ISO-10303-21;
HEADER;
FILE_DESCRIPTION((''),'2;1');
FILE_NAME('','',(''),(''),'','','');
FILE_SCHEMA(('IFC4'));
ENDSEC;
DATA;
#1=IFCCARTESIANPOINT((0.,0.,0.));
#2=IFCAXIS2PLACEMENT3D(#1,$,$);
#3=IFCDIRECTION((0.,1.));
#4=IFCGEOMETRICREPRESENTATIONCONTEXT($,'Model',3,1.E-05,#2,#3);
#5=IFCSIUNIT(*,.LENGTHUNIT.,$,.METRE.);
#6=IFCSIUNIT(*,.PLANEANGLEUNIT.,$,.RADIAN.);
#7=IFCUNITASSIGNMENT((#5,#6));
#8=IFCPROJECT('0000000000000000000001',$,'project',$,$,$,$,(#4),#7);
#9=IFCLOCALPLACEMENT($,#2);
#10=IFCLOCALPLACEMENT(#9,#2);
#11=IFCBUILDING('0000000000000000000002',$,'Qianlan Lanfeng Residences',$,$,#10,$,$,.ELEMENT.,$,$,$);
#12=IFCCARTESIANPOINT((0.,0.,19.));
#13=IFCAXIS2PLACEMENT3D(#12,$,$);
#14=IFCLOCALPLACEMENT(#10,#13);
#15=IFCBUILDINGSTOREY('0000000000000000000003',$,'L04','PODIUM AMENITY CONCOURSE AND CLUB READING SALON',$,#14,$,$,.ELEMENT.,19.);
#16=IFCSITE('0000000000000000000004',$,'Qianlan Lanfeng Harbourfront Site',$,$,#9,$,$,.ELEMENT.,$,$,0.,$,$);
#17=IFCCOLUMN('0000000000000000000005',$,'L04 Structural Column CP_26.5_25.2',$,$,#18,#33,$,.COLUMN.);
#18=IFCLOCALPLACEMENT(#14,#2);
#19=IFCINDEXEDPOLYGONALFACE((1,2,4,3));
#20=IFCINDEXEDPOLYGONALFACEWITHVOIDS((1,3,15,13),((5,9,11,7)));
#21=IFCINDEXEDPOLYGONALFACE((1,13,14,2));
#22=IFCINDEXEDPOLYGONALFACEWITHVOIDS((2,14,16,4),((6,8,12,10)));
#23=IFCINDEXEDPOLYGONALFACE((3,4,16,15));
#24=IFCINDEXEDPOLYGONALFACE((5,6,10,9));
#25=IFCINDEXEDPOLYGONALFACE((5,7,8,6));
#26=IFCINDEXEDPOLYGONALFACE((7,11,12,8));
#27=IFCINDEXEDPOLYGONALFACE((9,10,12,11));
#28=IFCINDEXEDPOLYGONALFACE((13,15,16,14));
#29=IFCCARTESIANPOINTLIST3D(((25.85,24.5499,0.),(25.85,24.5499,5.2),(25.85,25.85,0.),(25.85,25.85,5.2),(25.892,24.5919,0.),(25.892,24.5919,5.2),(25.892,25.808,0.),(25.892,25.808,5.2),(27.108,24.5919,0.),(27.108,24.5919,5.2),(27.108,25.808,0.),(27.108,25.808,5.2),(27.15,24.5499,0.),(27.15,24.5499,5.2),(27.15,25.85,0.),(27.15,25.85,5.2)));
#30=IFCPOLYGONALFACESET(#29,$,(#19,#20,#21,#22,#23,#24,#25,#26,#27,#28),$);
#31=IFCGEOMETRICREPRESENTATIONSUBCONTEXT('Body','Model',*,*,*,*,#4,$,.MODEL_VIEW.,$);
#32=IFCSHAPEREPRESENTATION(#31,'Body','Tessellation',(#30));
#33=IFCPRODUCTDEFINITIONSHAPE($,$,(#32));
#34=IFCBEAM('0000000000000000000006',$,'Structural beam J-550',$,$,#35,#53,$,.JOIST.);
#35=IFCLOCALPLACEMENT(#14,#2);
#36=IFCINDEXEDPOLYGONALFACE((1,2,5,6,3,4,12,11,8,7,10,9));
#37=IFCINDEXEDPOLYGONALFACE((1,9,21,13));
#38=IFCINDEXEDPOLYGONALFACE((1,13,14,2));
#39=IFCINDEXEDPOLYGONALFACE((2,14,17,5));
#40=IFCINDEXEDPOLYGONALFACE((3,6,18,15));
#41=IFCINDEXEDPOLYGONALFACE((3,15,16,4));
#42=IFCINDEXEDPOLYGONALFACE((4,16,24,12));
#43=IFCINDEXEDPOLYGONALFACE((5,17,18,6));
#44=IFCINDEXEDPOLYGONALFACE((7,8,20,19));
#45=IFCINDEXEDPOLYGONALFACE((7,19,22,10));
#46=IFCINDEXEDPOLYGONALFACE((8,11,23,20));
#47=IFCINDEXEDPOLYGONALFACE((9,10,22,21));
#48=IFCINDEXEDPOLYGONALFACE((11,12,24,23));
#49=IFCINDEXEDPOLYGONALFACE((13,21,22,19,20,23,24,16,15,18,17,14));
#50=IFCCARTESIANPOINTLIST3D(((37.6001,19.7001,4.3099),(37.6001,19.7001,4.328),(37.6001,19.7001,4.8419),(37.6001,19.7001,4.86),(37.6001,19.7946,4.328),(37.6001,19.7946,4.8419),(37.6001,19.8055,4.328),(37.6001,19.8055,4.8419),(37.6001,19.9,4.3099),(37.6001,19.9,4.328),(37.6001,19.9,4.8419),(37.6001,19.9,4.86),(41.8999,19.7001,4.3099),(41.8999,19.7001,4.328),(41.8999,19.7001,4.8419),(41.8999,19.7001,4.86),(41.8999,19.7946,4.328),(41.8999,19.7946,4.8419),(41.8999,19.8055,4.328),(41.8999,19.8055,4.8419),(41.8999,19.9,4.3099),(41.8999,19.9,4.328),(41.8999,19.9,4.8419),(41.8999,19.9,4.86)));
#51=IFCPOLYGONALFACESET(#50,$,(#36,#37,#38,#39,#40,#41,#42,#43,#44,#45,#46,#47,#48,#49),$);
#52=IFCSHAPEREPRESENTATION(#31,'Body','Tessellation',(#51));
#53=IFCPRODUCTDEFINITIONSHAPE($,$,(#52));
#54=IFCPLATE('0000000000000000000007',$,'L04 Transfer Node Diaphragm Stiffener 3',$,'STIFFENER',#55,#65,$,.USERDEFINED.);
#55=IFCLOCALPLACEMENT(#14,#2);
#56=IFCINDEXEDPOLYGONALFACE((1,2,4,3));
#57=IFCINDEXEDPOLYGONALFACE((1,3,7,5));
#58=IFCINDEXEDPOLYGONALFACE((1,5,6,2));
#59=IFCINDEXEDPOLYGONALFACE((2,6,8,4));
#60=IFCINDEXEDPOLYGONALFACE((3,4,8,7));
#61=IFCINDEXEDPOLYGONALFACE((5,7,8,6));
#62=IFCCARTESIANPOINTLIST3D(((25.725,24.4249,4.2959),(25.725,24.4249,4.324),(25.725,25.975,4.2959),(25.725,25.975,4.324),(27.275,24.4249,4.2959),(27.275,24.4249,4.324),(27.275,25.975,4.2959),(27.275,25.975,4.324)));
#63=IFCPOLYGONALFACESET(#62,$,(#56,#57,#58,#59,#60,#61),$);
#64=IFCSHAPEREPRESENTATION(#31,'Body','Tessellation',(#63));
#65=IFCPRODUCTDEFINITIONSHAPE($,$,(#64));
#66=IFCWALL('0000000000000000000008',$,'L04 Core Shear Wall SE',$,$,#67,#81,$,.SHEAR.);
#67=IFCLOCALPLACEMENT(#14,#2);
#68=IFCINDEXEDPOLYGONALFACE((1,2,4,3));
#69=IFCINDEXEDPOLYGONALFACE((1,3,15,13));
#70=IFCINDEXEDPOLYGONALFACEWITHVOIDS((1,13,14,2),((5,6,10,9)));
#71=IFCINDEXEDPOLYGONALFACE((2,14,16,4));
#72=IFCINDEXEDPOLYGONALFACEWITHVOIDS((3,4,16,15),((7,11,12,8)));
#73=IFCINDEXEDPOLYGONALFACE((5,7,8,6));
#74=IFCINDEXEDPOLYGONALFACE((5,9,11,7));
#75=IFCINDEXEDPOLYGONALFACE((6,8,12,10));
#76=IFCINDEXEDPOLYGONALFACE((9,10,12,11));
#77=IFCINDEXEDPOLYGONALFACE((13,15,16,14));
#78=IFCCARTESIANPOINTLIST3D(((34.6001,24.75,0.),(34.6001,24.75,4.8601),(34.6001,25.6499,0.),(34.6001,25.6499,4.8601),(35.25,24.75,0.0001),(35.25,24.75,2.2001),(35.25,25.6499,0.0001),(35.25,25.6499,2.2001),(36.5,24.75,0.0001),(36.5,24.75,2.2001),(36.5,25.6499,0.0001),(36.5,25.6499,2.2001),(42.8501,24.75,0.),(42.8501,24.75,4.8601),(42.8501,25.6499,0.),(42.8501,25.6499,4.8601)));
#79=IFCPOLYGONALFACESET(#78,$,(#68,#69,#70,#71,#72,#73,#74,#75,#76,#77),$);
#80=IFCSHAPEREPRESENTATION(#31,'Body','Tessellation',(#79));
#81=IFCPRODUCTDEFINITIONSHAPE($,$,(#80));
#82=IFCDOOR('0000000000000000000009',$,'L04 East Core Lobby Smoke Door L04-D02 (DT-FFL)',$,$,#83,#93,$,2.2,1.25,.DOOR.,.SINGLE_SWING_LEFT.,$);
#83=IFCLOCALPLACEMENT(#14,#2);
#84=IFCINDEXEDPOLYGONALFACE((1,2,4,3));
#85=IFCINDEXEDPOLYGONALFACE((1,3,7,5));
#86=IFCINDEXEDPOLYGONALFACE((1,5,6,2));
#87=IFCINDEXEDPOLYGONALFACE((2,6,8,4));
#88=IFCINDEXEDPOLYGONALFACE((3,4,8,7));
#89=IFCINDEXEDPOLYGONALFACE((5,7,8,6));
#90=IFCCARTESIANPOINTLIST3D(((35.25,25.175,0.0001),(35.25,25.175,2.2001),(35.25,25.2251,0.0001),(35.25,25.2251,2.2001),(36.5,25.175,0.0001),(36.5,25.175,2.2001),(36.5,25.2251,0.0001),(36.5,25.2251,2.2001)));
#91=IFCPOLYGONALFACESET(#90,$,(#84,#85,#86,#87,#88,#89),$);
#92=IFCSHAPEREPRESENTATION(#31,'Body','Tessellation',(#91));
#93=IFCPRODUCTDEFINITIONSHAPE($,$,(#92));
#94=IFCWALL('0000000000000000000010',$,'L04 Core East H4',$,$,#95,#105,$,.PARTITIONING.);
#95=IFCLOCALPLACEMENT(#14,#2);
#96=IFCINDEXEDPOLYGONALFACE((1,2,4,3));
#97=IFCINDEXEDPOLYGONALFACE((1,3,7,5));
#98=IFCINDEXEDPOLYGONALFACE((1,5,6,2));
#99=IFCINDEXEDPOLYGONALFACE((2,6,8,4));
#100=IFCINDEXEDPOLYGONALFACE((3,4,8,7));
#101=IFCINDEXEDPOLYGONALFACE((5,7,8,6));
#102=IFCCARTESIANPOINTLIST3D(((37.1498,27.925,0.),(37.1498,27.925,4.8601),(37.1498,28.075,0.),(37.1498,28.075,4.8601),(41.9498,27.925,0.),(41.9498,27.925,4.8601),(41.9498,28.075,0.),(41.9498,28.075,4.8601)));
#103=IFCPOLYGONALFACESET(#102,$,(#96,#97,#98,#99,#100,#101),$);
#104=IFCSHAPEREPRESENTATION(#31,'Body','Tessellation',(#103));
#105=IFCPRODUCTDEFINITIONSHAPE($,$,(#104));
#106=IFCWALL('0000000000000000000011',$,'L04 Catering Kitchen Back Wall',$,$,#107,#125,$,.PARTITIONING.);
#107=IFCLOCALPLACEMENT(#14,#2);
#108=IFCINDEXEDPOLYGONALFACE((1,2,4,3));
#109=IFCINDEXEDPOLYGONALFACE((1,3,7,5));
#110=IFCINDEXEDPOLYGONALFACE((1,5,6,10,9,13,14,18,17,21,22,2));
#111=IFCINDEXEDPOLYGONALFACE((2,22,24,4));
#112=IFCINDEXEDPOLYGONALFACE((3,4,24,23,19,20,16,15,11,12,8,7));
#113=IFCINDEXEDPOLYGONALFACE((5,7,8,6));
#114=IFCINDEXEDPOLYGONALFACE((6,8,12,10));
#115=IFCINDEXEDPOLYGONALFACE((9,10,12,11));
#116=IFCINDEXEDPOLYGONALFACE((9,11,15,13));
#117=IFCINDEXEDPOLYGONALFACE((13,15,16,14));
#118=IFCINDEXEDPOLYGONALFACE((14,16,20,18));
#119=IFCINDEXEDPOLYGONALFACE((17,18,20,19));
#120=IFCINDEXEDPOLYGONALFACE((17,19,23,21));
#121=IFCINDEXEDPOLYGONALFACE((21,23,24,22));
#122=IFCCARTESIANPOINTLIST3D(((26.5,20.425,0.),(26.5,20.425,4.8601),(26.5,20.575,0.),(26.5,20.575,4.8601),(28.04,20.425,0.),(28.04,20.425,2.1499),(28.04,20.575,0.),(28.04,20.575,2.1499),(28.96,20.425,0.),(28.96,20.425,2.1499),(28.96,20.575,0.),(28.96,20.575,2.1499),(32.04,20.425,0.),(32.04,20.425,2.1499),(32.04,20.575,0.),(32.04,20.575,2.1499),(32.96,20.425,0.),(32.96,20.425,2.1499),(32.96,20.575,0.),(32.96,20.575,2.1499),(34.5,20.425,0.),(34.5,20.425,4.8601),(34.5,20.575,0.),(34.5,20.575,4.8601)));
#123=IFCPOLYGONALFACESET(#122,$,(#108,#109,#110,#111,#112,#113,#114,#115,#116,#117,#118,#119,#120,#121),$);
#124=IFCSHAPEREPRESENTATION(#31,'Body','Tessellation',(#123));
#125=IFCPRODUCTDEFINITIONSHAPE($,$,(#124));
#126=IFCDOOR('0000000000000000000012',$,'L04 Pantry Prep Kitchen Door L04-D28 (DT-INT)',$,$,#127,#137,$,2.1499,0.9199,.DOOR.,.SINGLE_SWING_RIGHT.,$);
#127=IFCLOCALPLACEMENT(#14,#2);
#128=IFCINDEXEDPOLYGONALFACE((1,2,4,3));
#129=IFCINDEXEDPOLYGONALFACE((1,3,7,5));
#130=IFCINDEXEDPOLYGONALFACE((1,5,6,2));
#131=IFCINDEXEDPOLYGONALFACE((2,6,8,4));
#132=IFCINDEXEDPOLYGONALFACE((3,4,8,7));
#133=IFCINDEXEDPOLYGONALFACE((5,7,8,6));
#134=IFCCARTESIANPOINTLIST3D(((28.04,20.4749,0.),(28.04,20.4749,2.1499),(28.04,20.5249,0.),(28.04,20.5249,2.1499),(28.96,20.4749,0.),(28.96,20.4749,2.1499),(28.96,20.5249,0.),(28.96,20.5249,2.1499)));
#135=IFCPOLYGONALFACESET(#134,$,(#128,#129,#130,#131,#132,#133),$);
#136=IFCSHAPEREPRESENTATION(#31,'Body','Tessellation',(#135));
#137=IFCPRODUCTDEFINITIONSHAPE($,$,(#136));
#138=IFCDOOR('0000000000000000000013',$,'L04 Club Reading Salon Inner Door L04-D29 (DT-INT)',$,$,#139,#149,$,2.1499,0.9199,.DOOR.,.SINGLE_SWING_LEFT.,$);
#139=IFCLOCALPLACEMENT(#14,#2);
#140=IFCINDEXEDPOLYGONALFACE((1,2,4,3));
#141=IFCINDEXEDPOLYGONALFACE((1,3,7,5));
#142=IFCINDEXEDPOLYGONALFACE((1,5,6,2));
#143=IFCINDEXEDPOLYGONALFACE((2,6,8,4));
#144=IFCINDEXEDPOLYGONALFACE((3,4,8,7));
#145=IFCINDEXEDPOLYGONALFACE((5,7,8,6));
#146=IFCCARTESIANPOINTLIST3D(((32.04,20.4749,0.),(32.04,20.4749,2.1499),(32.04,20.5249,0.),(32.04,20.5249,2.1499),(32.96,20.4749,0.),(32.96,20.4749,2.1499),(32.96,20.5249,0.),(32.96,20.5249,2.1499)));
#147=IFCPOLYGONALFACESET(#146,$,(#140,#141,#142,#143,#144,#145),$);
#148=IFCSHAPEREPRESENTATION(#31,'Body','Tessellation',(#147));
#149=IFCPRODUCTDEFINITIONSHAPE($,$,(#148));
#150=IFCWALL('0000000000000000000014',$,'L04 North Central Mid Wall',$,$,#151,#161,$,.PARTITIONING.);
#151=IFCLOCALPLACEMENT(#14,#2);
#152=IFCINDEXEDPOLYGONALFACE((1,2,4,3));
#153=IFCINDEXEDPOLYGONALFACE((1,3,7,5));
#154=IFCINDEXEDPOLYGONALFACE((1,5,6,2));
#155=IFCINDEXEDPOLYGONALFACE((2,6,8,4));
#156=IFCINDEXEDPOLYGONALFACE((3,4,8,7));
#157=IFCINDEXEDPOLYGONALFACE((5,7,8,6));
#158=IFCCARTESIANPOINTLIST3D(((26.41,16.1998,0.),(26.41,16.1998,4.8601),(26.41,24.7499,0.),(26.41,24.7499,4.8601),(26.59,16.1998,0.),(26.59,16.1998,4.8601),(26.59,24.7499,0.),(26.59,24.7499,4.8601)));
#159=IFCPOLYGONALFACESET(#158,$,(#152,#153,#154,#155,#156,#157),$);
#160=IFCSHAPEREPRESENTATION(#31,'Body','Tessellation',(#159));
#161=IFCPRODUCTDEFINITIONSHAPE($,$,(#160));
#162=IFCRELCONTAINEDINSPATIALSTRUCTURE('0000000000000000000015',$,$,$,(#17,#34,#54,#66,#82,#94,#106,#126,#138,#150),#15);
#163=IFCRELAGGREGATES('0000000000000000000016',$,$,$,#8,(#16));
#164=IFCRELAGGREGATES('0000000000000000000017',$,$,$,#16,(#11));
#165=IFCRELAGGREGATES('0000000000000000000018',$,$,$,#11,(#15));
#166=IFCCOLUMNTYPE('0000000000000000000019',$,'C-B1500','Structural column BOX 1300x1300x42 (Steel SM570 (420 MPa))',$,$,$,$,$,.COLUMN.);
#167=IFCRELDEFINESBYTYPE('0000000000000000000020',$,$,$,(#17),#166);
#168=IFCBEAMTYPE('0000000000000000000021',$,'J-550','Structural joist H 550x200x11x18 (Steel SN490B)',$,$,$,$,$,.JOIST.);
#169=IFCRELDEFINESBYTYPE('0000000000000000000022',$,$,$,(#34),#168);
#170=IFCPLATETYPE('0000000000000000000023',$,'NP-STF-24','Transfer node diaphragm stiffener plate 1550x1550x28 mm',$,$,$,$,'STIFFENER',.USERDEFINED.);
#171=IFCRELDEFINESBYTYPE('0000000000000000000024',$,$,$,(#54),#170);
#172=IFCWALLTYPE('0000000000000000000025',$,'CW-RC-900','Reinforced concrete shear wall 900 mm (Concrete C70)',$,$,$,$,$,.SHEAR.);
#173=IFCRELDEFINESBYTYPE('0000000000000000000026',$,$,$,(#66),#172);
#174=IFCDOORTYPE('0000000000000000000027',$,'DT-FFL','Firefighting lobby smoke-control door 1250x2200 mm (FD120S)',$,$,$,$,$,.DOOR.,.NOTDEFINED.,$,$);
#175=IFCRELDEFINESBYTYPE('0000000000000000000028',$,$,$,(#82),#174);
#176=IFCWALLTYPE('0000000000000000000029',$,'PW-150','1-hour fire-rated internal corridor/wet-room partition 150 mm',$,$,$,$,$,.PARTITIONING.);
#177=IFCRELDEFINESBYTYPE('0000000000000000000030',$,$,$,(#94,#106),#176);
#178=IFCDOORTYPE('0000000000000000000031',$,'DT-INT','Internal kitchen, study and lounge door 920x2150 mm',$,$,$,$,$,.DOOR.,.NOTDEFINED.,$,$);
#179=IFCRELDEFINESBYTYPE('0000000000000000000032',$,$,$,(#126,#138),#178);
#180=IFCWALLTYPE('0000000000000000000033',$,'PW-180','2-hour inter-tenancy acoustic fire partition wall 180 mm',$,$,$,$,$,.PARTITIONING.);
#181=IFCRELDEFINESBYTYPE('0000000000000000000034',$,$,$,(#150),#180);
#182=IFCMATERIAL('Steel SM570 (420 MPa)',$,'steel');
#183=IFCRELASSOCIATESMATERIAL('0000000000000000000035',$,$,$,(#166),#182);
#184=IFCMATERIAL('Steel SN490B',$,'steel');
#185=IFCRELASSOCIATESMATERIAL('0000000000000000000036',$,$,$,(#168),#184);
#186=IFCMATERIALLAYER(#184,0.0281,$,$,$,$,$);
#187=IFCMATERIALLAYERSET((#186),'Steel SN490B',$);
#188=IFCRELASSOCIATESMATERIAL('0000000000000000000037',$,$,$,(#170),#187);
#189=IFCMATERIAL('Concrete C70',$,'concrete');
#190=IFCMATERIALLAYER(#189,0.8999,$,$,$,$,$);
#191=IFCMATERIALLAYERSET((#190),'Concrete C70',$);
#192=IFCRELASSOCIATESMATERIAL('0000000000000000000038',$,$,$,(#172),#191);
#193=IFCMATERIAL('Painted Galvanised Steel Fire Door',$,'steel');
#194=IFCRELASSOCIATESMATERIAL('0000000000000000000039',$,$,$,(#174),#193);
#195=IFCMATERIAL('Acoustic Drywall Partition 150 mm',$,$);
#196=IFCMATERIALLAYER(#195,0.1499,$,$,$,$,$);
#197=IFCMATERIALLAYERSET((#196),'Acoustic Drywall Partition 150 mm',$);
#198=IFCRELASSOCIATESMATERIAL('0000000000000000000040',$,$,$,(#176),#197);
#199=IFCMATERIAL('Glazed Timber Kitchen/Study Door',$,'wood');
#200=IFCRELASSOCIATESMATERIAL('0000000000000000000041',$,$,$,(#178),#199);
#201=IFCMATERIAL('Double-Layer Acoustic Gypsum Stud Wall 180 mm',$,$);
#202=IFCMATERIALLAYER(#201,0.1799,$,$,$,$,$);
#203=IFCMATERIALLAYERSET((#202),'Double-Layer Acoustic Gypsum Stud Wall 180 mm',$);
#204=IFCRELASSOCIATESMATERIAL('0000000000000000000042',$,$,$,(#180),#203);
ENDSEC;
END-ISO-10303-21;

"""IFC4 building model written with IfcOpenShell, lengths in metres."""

from ifc_helpers import new_model, si_unit, direction, frame, frame_2d, origin, origin_2d, place, context, subcontext, project, spatial, rectangle, hollow_rectangle, i_section, extrude, source, transform, mapped, material, layer, layer_set, material_profile, profile_set, type_object, element, fill, save


model = new_model("IFC4")

# Units and contexts
model_context = context("Model", 3, precision=1e-05, world=origin(), true_north=direction((0.0, 1.0)))
body_context = subcontext(model_context, "Body", "Model", "MODEL_VIEW")
ifc_project = project(units=[si_unit("LENGTHUNIT", "METRE"), si_unit("PLANEANGLEUNIT", "RADIAN")], contexts=[model_context])

# Site, building, storey
site_placement = place(None, origin())
site = spatial("IfcSite", under=ifc_project, at=site_placement, Name="Qianlan Lanfeng Harbourfront Site", CompositionType="ELEMENT", RefElevation=0.0)
building_placement = place(site_placement, origin())
building = spatial("IfcBuilding", under=site, at=building_placement, Name="Qianlan Lanfeng Residences", CompositionType="ELEMENT")
storey_placement = place(building_placement, frame((0.0, 0.0, 19.0)))
storey = spatial("IfcBuildingStorey", under=building, at=storey_placement, Name="L04", Description="PODIUM AMENITY CONCOURSE AND CLUB READING SALON", CompositionType="ELEMENT", Elevation=19.0)

# Column
ifc_material_1 = material(Name="Steel SM570 (420 MPa)", Category="steel")
ifc_material_profile_1 = material_profile(ifc_material_1, hollow_rectangle(XDim=1.3, YDim=1.3, WallThickness=0.042, at=origin_2d()), Name="BOX 1300x1300x42")
ifc_profile_set_1 = profile_set([ifc_material_profile_1], Name="Steel SM570 (420 MPa)")
column_type = type_object("IfcColumnType", Name="C-B1500", Description="Structural column BOX 1300x1300x42 (Steel SM570 (420 MPa))", PredefinedType="COLUMN", material=ifc_profile_set_1)
column_placement = place(storey_placement, frame((26.5, 25.2, 0.0), z_axis=(0.0, 0.0, 1.0), x_axis=(1.0, 0.0, 0.0)))
element("IfcColumn", 1, at=column_placement, inside=storey, type_object=column_type, Name="L04 Structural Column CP_26.5_25.2", PredefinedType="COLUMN", context=body_context, shape_type="SweptSolid", body=[
    extrude(hollow_rectangle(XDim=1.3, YDim=1.3, WallThickness=0.042, at=origin_2d()), origin(), (0.0, 0.0, 1.0), 5.2),
])

# Beam
ifc_material_2 = material(Name="Steel SN490B", Category="steel")
ifc_material_profile_2 = material_profile(ifc_material_2, i_section(OverallWidth=0.2, OverallDepth=0.55, WebThickness=0.011, FlangeThickness=0.0181, at=origin_2d()), Name="H 550x200x11x18")
ifc_profile_set_2 = profile_set([ifc_material_profile_2], Name="Steel SN490B")
beam_type = type_object("IfcBeamType", Name="J-550", Description="Structural joist H 550x200x11x18 (Steel SN490B)", PredefinedType="JOIST", material=ifc_profile_set_2)
beam_placement = place(storey_placement, frame((37.6001, 19.8, 4.585), z_axis=(1.0, 0.0, 0.0), x_axis=(0.0, 1.0, 0.0)))
element("IfcBeam", 2, at=beam_placement, inside=storey, type_object=beam_type, Name="Structural beam J-550", PredefinedType="JOIST", context=body_context, shape_type="SweptSolid", body=[
    extrude(i_section(OverallWidth=0.2, OverallDepth=0.55, WebThickness=0.011, FlangeThickness=0.0181, at=origin_2d()), origin(), (0.0, 0.0, 1.0), 4.2998),
])

# Plate
ifc_layer_1 = layer(ifc_material_2, 0.0281)
ifc_layer_set_1 = layer_set([ifc_layer_1], Name="Steel SN490B")
plate_type = type_object("IfcPlateType", Name="NP-STF-24", Description="Transfer node diaphragm stiffener plate 1550x1550x28 mm", ElementType="STIFFENER", PredefinedType="USERDEFINED", material=ifc_layer_set_1)
shared_shape = source(origin(), body_context, "Body", "SweptSolid", [
    extrude(rectangle(XDim=1.55, YDim=1.55, at=origin_2d()), origin(), (0.0, 0.0, 1.0), 0.0281),
])
plate_placement = place(storey_placement, frame((26.5, 25.2, 4.2959), z_axis=(0.0, 0.0, 1.0), x_axis=(1.0, 0.0, 0.0)))
element("IfcPlate", 3, at=plate_placement, inside=storey, type_object=plate_type, Name="L04 Transfer Node Diaphragm Stiffener 3", ObjectType="STIFFENER", PredefinedType="USERDEFINED", context=body_context, shape_type="MappedRepresentation", body=[
    mapped(shared_shape, transform((0.0, 0.0, 0.0), scale=1.0)),
])

# Wall, opening, door
ifc_material_3 = material(Name="Concrete C70", Category="concrete")
ifc_layer_2 = layer(ifc_material_3, 0.8999)
ifc_layer_set_2 = layer_set([ifc_layer_2], Name="Concrete C70")
wall_type_1 = type_object("IfcWallType", Name="CW-RC-900", Description="Reinforced concrete shear wall 900 mm (Concrete C70)", PredefinedType="SHEAR", material=ifc_layer_set_2)
wall_1_placement = place(storey_placement, frame((34.6001, 25.2, 0.0), z_axis=(0.0, 0.0, 1.0), x_axis=(1.0, 0.0, 0.0)))
wall_1 = element("IfcWall", 4, at=wall_1_placement, inside=storey, type_object=wall_type_1, Name="L04 Core Shear Wall SE", PredefinedType="SHEAR", context=body_context, shape_type="SweptSolid", body=[
    extrude(rectangle(XDim=8.25, YDim=0.8999, at=frame_2d((4.125, 0.0))), origin(), (0.0, 0.0, 1.0), 4.8601),
])
opening_1_placement = place(wall_1_placement, frame((0.6499, 0.0, 0.0)))
opening_1 = element("IfcOpeningElement", 5, at=opening_1_placement, cuts=wall_1, PredefinedType="OPENING", context=body_context, shape_type="SweptSolid", body=[
    extrude(rectangle(XDim=1.25, YDim=2.2, at=frame_2d((0.625, 1.1001))), frame((0.0, 0.46, 0.0), z_axis=(0.0, -1.0, 0.0), x_axis=(1.0, 0.0, 0.0)), (0.0, 0.0, 1.0), 0.9199),
])
ifc_material_4 = material(Name="Painted Galvanised Steel Fire Door", Category="steel")
door_type_1 = type_object("IfcDoorType", Name="DT-FFL", Description="Firefighting lobby smoke-control door 1250x2200 mm (FD120S)", OperationType="NOTDEFINED", PredefinedType="DOOR", material=ifc_material_4)
door_1_placement = place(opening_1_placement, frame((1.25, 0.0, 0.0), z_axis=(0.0, 0.0, 1.0), x_axis=(-1.0, 0.0, 0.0)))
door_1 = element("IfcDoor", 6, at=door_1_placement, inside=storey, type_object=door_type_1, Name="L04 East Core Lobby Smoke Door L04-D02 (DT-FFL)", OperationType="SINGLE_SWING_LEFT", OverallHeight=2.2, OverallWidth=1.25, PredefinedType="DOOR", context=body_context, shape_type="SweptSolid", body=[
    extrude(rectangle(XDim=1.25, YDim=2.2, at=frame_2d((0.625, 1.1001))), frame((0.0, 0.0249, 0.0), z_axis=(0.0, -1.0, 0.0), x_axis=(1.0, 0.0, 0.0)), (0.0, 0.0, 1.0), 0.05),
])
fill(opening_1, door_1)

# Wall
ifc_material_5 = material(Name="Acoustic Drywall Partition 150 mm")
ifc_layer_3 = layer(ifc_material_5, 0.1499)
ifc_layer_set_3 = layer_set([ifc_layer_3], Name="Acoustic Drywall Partition 150 mm")
wall_type_2 = type_object("IfcWallType", Name="PW-150", Description="1-hour fire-rated internal corridor/wet-room partition 150 mm", PredefinedType="PARTITIONING", material=ifc_layer_set_3)
wall_2_placement = place(storey_placement, frame((37.1499, 28.0, 0.0), z_axis=(0.0, 0.0, 1.0), x_axis=(1.0, 0.0, 0.0)))
element("IfcWall", 7, at=wall_2_placement, inside=storey, type_object=wall_type_2, Name="L04 Core East H4", PredefinedType="PARTITIONING", context=body_context, shape_type="SweptSolid", body=[
    extrude(rectangle(XDim=4.8, YDim=0.1499, at=frame_2d((2.3999, 0.0))), origin(), (0.0, 0.0, 1.0), 4.8601),
])

# Wall, openings, doors
wall_3_placement = place(storey_placement, frame((26.5, 20.5, 0.0), z_axis=(0.0, 0.0, 1.0), x_axis=(1.0, 0.0, 0.0)))
wall_3 = element("IfcWall", 8, at=wall_3_placement, inside=storey, type_object=wall_type_2, Name="L04 Catering Kitchen Back Wall", PredefinedType="PARTITIONING", context=body_context, shape_type="SweptSolid", body=[
    extrude(rectangle(XDim=8.0, YDim=0.1499, at=frame_2d((4.0, 0.0))), origin(), (0.0, 0.0, 1.0), 4.8601),
])
opening_2_placement = place(wall_3_placement, frame((1.54, 0.0, 0.0)))
opening_2 = element("IfcOpeningElement", 9, at=opening_2_placement, cuts=wall_3, PredefinedType="OPENING", context=body_context, shape_type="SweptSolid", body=[
    extrude(rectangle(XDim=0.9199, YDim=2.1499, at=frame_2d((0.46, 1.075))), frame((0.0, 0.085, 0.0), z_axis=(0.0, -1.0, 0.0), x_axis=(1.0, 0.0, 0.0)), (0.0, 0.0, 1.0), 0.1699),
])
opening_3_placement = place(wall_3_placement, frame((5.54, 0.0, 0.0)))
opening_3 = element("IfcOpeningElement", 10, at=opening_3_placement, cuts=wall_3, PredefinedType="OPENING", context=body_context, shape_type="SweptSolid", body=[
    extrude(rectangle(XDim=0.9199, YDim=2.1499, at=frame_2d((0.46, 1.075))), frame((0.0, 0.085, 0.0), z_axis=(0.0, -1.0, 0.0), x_axis=(1.0, 0.0, 0.0)), (0.0, 0.0, 1.0), 0.1699),
])
ifc_material_6 = material(Name="Glazed Timber Kitchen/Study Door", Category="wood")
door_type_2 = type_object("IfcDoorType", Name="DT-INT", Description="Internal kitchen, study and lounge door 920x2150 mm", OperationType="NOTDEFINED", PredefinedType="DOOR", material=ifc_material_6)
door_2_placement = place(opening_2_placement, origin())
door_2 = element("IfcDoor", 11, at=door_2_placement, inside=storey, type_object=door_type_2, Name="L04 Pantry Prep Kitchen Door L04-D28 (DT-INT)", OperationType="SINGLE_SWING_RIGHT", OverallHeight=2.1499, OverallWidth=0.9199, PredefinedType="DOOR", context=body_context, shape_type="SweptSolid", body=[
    extrude(rectangle(XDim=0.9199, YDim=2.1499, at=frame_2d((0.46, 1.075))), frame((0.0, 0.0249, 0.0), z_axis=(0.0, -1.0, 0.0), x_axis=(1.0, 0.0, 0.0)), (0.0, 0.0, 1.0), 0.05),
])
fill(opening_2, door_2)
door_3_placement = place(opening_3_placement, origin())
door_3 = element("IfcDoor", 12, at=door_3_placement, inside=storey, type_object=door_type_2, Name="L04 Club Reading Salon Inner Door L04-D29 (DT-INT)", OperationType="SINGLE_SWING_LEFT", OverallHeight=2.1499, OverallWidth=0.9199, PredefinedType="DOOR", context=body_context, shape_type="SweptSolid", body=[
    extrude(rectangle(XDim=0.9199, YDim=2.1499, at=frame_2d((0.46, 1.075))), frame((0.0, 0.0249, 0.0), z_axis=(0.0, -1.0, 0.0), x_axis=(1.0, 0.0, 0.0)), (0.0, 0.0, 1.0), 0.05),
])
fill(opening_3, door_3)
ifc_material_7 = material(Name="Double-Layer Acoustic Gypsum Stud Wall 180 mm")
ifc_layer_4 = layer(ifc_material_7, 0.1799)
ifc_layer_set_4 = layer_set([ifc_layer_4], Name="Double-Layer Acoustic Gypsum Stud Wall 180 mm")
wall_type_3 = type_object("IfcWallType", Name="PW-180", Description="2-hour inter-tenancy acoustic fire partition wall 180 mm", PredefinedType="PARTITIONING", material=ifc_layer_set_4)

# Wall
for number, where, z_axis, x_axis, name in (
    (13, (26.5, 16.2, 0.0), (0.0, 0.0, 1.0), (0.0, 1.0, 0.0), "L04 North Central Mid Wall"),
):
    element("IfcWall", number, at=place(storey_placement, frame(where, z_axis=z_axis, x_axis=x_axis)), inside=storey, type_object=wall_type_3, Name=name, PredefinedType="PARTITIONING", context=body_context, shape_type="SweptSolid", body=[
        extrude(rectangle(XDim=8.55, YDim=0.1799, at=frame_2d((4.2749, 0.0))), origin(), (0.0, 0.0, 1.0), 4.8601),
    ])

save(model, "model.ifc")
